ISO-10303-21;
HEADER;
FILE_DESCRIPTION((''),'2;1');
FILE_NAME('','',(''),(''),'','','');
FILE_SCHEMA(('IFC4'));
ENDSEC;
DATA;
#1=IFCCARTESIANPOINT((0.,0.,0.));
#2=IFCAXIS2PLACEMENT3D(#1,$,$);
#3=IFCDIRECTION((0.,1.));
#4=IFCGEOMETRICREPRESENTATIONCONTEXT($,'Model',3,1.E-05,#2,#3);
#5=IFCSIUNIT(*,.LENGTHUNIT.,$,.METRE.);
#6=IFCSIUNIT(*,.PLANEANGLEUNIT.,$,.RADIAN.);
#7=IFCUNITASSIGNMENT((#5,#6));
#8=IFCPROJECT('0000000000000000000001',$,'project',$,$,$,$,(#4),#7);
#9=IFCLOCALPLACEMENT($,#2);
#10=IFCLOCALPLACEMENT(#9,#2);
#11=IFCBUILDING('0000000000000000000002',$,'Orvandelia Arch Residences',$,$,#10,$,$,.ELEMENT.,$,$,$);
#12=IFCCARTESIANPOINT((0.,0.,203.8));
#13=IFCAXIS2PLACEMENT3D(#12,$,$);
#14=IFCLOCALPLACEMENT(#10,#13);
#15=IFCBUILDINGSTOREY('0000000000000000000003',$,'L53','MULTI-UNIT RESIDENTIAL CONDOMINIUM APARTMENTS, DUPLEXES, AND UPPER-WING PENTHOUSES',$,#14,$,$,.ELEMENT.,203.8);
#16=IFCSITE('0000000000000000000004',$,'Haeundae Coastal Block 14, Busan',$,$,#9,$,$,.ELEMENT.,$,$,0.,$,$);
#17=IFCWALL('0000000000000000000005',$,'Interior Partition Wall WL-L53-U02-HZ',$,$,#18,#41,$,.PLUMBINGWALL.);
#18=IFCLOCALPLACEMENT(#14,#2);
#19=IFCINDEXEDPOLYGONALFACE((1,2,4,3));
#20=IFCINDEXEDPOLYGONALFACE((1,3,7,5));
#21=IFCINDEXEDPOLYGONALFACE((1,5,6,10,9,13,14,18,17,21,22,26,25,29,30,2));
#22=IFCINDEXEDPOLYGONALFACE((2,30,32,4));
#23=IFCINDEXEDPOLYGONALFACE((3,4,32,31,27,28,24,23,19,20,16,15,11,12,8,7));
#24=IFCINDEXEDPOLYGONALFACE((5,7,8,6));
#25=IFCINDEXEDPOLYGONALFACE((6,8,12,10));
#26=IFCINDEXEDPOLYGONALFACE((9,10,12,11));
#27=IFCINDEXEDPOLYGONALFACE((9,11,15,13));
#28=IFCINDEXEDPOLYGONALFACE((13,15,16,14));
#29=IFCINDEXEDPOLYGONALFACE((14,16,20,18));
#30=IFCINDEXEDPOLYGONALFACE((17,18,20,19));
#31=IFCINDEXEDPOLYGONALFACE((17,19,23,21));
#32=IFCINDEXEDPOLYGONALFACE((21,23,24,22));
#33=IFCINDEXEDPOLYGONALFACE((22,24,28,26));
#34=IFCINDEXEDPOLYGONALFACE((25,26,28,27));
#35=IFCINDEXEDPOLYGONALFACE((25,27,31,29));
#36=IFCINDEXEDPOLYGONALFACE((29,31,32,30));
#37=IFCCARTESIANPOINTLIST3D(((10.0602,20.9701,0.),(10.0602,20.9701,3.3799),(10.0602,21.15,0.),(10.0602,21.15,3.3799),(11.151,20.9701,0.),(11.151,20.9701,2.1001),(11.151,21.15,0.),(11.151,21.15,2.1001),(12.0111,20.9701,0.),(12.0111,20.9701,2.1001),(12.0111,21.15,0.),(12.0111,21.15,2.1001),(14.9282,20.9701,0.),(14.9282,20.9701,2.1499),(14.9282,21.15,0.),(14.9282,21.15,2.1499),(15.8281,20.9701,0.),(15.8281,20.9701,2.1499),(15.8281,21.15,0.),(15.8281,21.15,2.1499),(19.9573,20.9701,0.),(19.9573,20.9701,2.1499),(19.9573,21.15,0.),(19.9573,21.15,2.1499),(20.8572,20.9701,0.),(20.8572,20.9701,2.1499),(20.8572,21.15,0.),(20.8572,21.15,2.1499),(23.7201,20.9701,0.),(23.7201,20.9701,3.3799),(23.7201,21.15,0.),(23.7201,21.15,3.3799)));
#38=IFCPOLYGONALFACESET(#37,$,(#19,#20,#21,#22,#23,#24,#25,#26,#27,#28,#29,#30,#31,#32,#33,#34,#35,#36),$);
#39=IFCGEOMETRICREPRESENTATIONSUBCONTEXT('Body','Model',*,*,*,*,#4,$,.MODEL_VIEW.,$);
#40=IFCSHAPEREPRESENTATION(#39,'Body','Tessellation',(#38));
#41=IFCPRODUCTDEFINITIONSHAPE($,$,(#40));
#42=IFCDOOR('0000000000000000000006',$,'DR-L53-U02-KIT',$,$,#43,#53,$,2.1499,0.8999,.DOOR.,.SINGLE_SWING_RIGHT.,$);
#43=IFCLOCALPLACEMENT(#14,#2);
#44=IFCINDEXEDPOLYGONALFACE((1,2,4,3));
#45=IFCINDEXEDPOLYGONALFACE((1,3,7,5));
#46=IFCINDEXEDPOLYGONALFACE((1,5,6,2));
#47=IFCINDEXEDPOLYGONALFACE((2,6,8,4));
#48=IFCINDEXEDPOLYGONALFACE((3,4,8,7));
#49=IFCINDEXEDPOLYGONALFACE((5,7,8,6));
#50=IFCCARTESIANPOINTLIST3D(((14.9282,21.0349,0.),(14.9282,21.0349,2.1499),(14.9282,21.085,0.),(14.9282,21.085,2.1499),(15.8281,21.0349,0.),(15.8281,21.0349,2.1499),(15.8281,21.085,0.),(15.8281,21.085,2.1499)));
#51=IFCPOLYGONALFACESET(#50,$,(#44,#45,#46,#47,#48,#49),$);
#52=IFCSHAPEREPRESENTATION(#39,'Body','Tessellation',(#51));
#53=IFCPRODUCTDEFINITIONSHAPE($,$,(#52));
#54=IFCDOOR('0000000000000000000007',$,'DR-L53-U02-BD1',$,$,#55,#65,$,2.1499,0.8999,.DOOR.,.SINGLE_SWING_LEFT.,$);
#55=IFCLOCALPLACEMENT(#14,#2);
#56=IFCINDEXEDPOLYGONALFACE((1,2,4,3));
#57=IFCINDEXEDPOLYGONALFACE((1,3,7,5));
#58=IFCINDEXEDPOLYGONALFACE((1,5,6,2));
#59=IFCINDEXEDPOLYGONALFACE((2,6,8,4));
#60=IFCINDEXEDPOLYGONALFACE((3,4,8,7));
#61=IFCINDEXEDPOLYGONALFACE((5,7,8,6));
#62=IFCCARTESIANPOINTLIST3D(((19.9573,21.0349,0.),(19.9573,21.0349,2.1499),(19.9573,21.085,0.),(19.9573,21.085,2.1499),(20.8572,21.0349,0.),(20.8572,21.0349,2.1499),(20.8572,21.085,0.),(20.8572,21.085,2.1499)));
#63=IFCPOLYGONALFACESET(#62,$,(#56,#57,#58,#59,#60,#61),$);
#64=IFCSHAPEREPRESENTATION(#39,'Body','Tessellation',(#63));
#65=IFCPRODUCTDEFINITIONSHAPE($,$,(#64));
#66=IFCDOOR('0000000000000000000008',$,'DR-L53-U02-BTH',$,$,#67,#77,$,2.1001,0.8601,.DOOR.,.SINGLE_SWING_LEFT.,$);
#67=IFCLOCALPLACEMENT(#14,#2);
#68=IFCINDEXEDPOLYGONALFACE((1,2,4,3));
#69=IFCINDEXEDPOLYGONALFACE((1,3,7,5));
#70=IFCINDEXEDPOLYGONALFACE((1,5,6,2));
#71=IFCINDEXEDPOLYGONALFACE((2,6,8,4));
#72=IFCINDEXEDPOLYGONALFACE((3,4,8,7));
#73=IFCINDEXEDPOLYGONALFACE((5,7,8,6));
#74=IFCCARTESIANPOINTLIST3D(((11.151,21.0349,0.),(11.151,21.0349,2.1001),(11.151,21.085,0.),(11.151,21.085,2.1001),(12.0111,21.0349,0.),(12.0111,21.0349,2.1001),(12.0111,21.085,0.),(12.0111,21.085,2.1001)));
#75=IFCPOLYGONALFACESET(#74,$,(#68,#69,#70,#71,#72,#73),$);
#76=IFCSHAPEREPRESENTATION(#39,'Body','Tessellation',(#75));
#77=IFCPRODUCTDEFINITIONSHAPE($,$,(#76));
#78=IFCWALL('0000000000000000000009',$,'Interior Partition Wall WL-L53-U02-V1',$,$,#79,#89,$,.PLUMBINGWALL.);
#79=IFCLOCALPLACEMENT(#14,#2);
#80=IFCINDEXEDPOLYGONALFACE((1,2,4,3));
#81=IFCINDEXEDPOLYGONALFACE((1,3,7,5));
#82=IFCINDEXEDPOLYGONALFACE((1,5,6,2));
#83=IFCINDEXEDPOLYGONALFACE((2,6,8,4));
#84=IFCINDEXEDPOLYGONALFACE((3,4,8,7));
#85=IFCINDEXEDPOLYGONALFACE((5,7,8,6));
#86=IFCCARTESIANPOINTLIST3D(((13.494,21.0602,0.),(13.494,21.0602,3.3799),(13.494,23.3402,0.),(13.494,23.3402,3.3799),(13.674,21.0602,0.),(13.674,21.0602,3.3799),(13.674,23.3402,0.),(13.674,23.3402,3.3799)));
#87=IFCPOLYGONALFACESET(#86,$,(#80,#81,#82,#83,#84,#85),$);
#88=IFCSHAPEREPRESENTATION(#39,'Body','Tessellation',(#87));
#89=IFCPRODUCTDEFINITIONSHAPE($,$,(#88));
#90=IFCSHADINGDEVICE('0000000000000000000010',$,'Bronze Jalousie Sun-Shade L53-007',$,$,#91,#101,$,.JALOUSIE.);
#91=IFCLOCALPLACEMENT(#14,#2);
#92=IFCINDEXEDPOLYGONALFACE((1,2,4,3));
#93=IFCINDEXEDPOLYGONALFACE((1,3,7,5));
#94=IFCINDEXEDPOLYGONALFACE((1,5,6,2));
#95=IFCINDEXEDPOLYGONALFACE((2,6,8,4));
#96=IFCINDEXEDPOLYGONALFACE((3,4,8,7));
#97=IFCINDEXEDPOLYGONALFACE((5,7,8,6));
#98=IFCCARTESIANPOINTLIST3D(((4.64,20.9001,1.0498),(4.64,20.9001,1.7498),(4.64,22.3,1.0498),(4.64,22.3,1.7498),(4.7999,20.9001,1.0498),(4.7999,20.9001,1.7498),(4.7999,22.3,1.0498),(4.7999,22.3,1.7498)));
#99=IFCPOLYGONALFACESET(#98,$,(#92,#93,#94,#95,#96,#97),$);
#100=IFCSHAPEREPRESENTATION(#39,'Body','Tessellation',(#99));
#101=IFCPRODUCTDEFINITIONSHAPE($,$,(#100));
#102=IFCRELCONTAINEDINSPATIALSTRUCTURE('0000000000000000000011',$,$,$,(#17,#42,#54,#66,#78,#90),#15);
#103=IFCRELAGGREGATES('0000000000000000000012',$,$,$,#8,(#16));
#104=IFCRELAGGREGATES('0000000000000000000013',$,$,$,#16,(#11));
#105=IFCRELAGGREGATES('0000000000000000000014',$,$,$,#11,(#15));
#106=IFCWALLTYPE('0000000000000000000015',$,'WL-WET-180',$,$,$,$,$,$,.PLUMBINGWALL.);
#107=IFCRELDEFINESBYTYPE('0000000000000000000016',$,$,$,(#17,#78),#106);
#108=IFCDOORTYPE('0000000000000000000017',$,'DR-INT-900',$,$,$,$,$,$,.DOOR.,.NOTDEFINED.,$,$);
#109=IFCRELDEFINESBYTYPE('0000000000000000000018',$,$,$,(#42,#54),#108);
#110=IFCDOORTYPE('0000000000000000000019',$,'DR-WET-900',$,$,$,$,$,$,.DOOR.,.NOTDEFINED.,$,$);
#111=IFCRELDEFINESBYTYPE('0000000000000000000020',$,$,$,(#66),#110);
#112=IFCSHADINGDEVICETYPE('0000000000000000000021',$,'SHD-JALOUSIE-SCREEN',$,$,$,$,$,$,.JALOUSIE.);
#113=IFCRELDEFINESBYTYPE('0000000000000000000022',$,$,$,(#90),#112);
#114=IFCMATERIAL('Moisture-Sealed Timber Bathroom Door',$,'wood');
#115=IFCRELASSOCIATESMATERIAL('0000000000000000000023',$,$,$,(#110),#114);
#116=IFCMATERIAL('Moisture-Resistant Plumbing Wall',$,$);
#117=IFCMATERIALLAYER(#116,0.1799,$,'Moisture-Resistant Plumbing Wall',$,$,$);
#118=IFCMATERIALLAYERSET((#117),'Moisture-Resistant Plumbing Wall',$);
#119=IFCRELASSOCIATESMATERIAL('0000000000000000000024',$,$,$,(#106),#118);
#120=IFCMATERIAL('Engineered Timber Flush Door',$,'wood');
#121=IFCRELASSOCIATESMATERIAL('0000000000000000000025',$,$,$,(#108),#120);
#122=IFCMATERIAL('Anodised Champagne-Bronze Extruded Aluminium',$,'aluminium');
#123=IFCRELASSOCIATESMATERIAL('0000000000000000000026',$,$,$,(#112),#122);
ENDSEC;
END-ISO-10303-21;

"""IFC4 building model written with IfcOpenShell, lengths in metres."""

from ifc_helpers import new_model, si_unit, direction, frame, frame_2d, origin, origin_2d, place, context, subcontext, project, spatial, rectangle, extrude, material, layer, layer_set, type_object, element, fill, save


model = new_model("IFC4")

# Units and contexts
model_context = context("Model", 3, precision=1e-05, world=origin(), true_north=direction((0.0, 1.0)))
body_context = subcontext(model_context, "Body", "Model", "MODEL_VIEW")
ifc_project = project(units=[si_unit("LENGTHUNIT", "METRE"), si_unit("PLANEANGLEUNIT", "RADIAN")], contexts=[model_context])

# Site, building, storey
site_placement = place(None, origin())
site = spatial("IfcSite", under=ifc_project, at=site_placement, Name="Haeundae Coastal Block 14, Busan", CompositionType="ELEMENT", RefElevation=0.0)
building_placement = place(site_placement, origin())
building = spatial("IfcBuilding", under=site, at=building_placement, Name="Orvandelia Arch Residences", CompositionType="ELEMENT")
storey_placement = place(building_placement, frame((0.0, 0.0, 203.8)))
storey = spatial("IfcBuildingStorey", under=building, at=storey_placement, Name="L53", Description="MULTI-UNIT RESIDENTIAL CONDOMINIUM APARTMENTS, DUPLEXES, AND UPPER-WING PENTHOUSES", CompositionType="ELEMENT", Elevation=203.8)

# Shared definitions
ifc_material_1 = material(Name="Moisture-Sealed Timber Bathroom Door", Category="wood")
door_type_1 = type_object("IfcDoorType", Name="DR-WET-900", OperationType="NOTDEFINED", PredefinedType="DOOR", material=ifc_material_1)

# Wall, openings, doors
ifc_material_2 = material(Name="Moisture-Resistant Plumbing Wall")
ifc_layer_1 = layer(ifc_material_2, 0.1799, Name="Moisture-Resistant Plumbing Wall")
ifc_layer_set_1 = layer_set([ifc_layer_1], Name="Moisture-Resistant Plumbing Wall")
wall_type_1 = type_object("IfcWallType", Name="WL-WET-180", PredefinedType="PLUMBINGWALL", material=ifc_layer_set_1)
wall_1_placement = place(storey_placement, frame((10.0601, 21.0601, 0.0), z_axis=(0.0, 0.0, 1.0), x_axis=(1.0, 0.0, 0.0)))
wall_1 = element("IfcWall", 1, at=wall_1_placement, inside=storey, type_object=wall_type_1, Name="Interior Partition Wall WL-L53-U02-HZ", PredefinedType="PLUMBINGWALL", context=body_context, shape_type="SweptSolid", body=[
    extrude(rectangle(XDim=13.6599, YDim=0.1799, at=frame_2d((6.8301, 0.0))), origin(), (0.0, 0.0, 1.0), 3.3799),
])
opening_1_placement = place(wall_1_placement, frame((1.0908, 0.0, 0.0)))
opening_1 = element("IfcOpeningElement", 2, at=opening_1_placement, cuts=wall_1, PredefinedType="OPENING", context=body_context, shape_type="SweptSolid", body=[
    extrude(rectangle(XDim=0.8601, YDim=2.1001, at=frame_2d((0.4302, 1.05))), frame((0.0, 0.1001, 0.0), z_axis=(0.0, -1.0, 0.0), x_axis=(1.0, 0.0, 0.0)), (0.0, 0.0, 1.0), 0.2),
])
opening_2_placement = place(wall_1_placement, frame((4.8682, 0.0, 0.0)))
opening_2 = element("IfcOpeningElement", 3, at=opening_2_placement, cuts=wall_1, PredefinedType="OPENING", context=body_context, shape_type="SweptSolid", body=[
    extrude(rectangle(XDim=0.8999, YDim=2.1499, at=frame_2d((0.45, 1.075))), frame((0.0, 0.1001, 0.0), z_axis=(0.0, -1.0, 0.0), x_axis=(1.0, 0.0, 0.0)), (0.0, 0.0, 1.0), 0.2),
])
opening_3_placement = place(wall_1_placement, frame((9.8972, 0.0, 0.0)))
opening_3 = element("IfcOpeningElement", 4, at=opening_3_placement, cuts=wall_1, PredefinedType="OPENING", context=body_context, shape_type="SweptSolid", body=[
    extrude(rectangle(XDim=0.8999, YDim=2.1499, at=frame_2d((0.45, 1.075))), frame((0.0, 0.1001, 0.0), z_axis=(0.0, -1.0, 0.0), x_axis=(1.0, 0.0, 0.0)), (0.0, 0.0, 1.0), 0.2),
])
ifc_material_3 = material(Name="Engineered Timber Flush Door", Category="wood")
door_type_2 = type_object("IfcDoorType", Name="DR-INT-900", OperationType="NOTDEFINED", PredefinedType="DOOR", material=ifc_material_3)
door_1_placement = place(opening_2_placement, origin())
door_1 = element("IfcDoor", 5, at=door_1_placement, inside=storey, type_object=door_type_2, Name="DR-L53-U02-KIT", OperationType="SINGLE_SWING_RIGHT", OverallHeight=2.1499, OverallWidth=0.8999, PredefinedType="DOOR", context=body_context, shape_type="SweptSolid", body=[
    extrude(rectangle(XDim=0.8999, YDim=2.1499, at=frame_2d((0.45, 1.075))), frame((0.0, 0.0249, 0.0), z_axis=(0.0, -1.0, 0.0), x_axis=(1.0, 0.0, 0.0)), (0.0, 0.0, 1.0), 0.05),
])
fill(opening_2, door_1)
door_2_placement = place(opening_3_placement, origin())
door_2 = element("IfcDoor", 6, at=door_2_placement, inside=storey, type_object=door_type_2, Name="DR-L53-U02-BD1", OperationType="SINGLE_SWING_LEFT", OverallHeight=2.1499, OverallWidth=0.8999, PredefinedType="DOOR", context=body_context, shape_type="SweptSolid", body=[
    extrude(rectangle(XDim=0.8999, YDim=2.1499, at=frame_2d((0.45, 1.075))), frame((0.0, 0.0249, 0.0), z_axis=(0.0, -1.0, 0.0), x_axis=(1.0, 0.0, 0.0)), (0.0, 0.0, 1.0), 0.05),
])
fill(opening_3, door_2)
door_3_placement = place(opening_1_placement, origin())
door_3 = element("IfcDoor", 7, at=door_3_placement, inside=storey, type_object=door_type_1, Name="DR-L53-U02-BTH", OperationType="SINGLE_SWING_LEFT", OverallHeight=2.1001, OverallWidth=0.8601, PredefinedType="DOOR", context=body_context, shape_type="SweptSolid", body=[
    extrude(rectangle(XDim=0.8601, YDim=2.1001, at=frame_2d((0.4302, 1.05))), frame((0.0, 0.0249, 0.0), z_axis=(0.0, -1.0, 0.0), x_axis=(1.0, 0.0, 0.0)), (0.0, 0.0, 1.0), 0.05),
])
fill(opening_1, door_3)

# Wall
wall_2_placement = place(storey_placement, frame((13.584, 21.0601, 0.0), z_axis=(0.0, 0.0, 1.0), x_axis=(0.0, 1.0, 0.0)))
element("IfcWall", 8, at=wall_2_placement, inside=storey, type_object=wall_type_1, Name="Interior Partition Wall WL-L53-U02-V1", PredefinedType="PLUMBINGWALL", context=body_context, shape_type="SweptSolid", body=[
    extrude(rectangle(XDim=2.28, YDim=0.1799, at=frame_2d((1.1401, 0.0))), origin(), (0.0, 0.0, 1.0), 3.3799),
])

# Shading device
ifc_material_4 = material(Name="Anodised Champagne-Bronze Extruded Aluminium", Category="aluminium")
shading_device_type = type_object("IfcShadingDeviceType", Name="SHD-JALOUSIE-SCREEN", PredefinedType="JALOUSIE", material=ifc_material_4)
shading_device_placement = place(storey_placement, frame((4.72, 21.6001, 1.0498), z_axis=(0.0, 0.0, 1.0), x_axis=(0.0, 1.0, 0.0)))
element("IfcShadingDevice", 9, at=shading_device_placement, inside=storey, type_object=shading_device_type, Name="Bronze Jalousie Sun-Shade L53-007", PredefinedType="JALOUSIE", context=body_context, shape_type="SweptSolid", body=[
    extrude(rectangle(XDim=1.3999, YDim=0.1599, at=origin_2d()), origin(), (0.0, 0.0, 1.0), 0.7),
])

save(model, "model.ifc")
